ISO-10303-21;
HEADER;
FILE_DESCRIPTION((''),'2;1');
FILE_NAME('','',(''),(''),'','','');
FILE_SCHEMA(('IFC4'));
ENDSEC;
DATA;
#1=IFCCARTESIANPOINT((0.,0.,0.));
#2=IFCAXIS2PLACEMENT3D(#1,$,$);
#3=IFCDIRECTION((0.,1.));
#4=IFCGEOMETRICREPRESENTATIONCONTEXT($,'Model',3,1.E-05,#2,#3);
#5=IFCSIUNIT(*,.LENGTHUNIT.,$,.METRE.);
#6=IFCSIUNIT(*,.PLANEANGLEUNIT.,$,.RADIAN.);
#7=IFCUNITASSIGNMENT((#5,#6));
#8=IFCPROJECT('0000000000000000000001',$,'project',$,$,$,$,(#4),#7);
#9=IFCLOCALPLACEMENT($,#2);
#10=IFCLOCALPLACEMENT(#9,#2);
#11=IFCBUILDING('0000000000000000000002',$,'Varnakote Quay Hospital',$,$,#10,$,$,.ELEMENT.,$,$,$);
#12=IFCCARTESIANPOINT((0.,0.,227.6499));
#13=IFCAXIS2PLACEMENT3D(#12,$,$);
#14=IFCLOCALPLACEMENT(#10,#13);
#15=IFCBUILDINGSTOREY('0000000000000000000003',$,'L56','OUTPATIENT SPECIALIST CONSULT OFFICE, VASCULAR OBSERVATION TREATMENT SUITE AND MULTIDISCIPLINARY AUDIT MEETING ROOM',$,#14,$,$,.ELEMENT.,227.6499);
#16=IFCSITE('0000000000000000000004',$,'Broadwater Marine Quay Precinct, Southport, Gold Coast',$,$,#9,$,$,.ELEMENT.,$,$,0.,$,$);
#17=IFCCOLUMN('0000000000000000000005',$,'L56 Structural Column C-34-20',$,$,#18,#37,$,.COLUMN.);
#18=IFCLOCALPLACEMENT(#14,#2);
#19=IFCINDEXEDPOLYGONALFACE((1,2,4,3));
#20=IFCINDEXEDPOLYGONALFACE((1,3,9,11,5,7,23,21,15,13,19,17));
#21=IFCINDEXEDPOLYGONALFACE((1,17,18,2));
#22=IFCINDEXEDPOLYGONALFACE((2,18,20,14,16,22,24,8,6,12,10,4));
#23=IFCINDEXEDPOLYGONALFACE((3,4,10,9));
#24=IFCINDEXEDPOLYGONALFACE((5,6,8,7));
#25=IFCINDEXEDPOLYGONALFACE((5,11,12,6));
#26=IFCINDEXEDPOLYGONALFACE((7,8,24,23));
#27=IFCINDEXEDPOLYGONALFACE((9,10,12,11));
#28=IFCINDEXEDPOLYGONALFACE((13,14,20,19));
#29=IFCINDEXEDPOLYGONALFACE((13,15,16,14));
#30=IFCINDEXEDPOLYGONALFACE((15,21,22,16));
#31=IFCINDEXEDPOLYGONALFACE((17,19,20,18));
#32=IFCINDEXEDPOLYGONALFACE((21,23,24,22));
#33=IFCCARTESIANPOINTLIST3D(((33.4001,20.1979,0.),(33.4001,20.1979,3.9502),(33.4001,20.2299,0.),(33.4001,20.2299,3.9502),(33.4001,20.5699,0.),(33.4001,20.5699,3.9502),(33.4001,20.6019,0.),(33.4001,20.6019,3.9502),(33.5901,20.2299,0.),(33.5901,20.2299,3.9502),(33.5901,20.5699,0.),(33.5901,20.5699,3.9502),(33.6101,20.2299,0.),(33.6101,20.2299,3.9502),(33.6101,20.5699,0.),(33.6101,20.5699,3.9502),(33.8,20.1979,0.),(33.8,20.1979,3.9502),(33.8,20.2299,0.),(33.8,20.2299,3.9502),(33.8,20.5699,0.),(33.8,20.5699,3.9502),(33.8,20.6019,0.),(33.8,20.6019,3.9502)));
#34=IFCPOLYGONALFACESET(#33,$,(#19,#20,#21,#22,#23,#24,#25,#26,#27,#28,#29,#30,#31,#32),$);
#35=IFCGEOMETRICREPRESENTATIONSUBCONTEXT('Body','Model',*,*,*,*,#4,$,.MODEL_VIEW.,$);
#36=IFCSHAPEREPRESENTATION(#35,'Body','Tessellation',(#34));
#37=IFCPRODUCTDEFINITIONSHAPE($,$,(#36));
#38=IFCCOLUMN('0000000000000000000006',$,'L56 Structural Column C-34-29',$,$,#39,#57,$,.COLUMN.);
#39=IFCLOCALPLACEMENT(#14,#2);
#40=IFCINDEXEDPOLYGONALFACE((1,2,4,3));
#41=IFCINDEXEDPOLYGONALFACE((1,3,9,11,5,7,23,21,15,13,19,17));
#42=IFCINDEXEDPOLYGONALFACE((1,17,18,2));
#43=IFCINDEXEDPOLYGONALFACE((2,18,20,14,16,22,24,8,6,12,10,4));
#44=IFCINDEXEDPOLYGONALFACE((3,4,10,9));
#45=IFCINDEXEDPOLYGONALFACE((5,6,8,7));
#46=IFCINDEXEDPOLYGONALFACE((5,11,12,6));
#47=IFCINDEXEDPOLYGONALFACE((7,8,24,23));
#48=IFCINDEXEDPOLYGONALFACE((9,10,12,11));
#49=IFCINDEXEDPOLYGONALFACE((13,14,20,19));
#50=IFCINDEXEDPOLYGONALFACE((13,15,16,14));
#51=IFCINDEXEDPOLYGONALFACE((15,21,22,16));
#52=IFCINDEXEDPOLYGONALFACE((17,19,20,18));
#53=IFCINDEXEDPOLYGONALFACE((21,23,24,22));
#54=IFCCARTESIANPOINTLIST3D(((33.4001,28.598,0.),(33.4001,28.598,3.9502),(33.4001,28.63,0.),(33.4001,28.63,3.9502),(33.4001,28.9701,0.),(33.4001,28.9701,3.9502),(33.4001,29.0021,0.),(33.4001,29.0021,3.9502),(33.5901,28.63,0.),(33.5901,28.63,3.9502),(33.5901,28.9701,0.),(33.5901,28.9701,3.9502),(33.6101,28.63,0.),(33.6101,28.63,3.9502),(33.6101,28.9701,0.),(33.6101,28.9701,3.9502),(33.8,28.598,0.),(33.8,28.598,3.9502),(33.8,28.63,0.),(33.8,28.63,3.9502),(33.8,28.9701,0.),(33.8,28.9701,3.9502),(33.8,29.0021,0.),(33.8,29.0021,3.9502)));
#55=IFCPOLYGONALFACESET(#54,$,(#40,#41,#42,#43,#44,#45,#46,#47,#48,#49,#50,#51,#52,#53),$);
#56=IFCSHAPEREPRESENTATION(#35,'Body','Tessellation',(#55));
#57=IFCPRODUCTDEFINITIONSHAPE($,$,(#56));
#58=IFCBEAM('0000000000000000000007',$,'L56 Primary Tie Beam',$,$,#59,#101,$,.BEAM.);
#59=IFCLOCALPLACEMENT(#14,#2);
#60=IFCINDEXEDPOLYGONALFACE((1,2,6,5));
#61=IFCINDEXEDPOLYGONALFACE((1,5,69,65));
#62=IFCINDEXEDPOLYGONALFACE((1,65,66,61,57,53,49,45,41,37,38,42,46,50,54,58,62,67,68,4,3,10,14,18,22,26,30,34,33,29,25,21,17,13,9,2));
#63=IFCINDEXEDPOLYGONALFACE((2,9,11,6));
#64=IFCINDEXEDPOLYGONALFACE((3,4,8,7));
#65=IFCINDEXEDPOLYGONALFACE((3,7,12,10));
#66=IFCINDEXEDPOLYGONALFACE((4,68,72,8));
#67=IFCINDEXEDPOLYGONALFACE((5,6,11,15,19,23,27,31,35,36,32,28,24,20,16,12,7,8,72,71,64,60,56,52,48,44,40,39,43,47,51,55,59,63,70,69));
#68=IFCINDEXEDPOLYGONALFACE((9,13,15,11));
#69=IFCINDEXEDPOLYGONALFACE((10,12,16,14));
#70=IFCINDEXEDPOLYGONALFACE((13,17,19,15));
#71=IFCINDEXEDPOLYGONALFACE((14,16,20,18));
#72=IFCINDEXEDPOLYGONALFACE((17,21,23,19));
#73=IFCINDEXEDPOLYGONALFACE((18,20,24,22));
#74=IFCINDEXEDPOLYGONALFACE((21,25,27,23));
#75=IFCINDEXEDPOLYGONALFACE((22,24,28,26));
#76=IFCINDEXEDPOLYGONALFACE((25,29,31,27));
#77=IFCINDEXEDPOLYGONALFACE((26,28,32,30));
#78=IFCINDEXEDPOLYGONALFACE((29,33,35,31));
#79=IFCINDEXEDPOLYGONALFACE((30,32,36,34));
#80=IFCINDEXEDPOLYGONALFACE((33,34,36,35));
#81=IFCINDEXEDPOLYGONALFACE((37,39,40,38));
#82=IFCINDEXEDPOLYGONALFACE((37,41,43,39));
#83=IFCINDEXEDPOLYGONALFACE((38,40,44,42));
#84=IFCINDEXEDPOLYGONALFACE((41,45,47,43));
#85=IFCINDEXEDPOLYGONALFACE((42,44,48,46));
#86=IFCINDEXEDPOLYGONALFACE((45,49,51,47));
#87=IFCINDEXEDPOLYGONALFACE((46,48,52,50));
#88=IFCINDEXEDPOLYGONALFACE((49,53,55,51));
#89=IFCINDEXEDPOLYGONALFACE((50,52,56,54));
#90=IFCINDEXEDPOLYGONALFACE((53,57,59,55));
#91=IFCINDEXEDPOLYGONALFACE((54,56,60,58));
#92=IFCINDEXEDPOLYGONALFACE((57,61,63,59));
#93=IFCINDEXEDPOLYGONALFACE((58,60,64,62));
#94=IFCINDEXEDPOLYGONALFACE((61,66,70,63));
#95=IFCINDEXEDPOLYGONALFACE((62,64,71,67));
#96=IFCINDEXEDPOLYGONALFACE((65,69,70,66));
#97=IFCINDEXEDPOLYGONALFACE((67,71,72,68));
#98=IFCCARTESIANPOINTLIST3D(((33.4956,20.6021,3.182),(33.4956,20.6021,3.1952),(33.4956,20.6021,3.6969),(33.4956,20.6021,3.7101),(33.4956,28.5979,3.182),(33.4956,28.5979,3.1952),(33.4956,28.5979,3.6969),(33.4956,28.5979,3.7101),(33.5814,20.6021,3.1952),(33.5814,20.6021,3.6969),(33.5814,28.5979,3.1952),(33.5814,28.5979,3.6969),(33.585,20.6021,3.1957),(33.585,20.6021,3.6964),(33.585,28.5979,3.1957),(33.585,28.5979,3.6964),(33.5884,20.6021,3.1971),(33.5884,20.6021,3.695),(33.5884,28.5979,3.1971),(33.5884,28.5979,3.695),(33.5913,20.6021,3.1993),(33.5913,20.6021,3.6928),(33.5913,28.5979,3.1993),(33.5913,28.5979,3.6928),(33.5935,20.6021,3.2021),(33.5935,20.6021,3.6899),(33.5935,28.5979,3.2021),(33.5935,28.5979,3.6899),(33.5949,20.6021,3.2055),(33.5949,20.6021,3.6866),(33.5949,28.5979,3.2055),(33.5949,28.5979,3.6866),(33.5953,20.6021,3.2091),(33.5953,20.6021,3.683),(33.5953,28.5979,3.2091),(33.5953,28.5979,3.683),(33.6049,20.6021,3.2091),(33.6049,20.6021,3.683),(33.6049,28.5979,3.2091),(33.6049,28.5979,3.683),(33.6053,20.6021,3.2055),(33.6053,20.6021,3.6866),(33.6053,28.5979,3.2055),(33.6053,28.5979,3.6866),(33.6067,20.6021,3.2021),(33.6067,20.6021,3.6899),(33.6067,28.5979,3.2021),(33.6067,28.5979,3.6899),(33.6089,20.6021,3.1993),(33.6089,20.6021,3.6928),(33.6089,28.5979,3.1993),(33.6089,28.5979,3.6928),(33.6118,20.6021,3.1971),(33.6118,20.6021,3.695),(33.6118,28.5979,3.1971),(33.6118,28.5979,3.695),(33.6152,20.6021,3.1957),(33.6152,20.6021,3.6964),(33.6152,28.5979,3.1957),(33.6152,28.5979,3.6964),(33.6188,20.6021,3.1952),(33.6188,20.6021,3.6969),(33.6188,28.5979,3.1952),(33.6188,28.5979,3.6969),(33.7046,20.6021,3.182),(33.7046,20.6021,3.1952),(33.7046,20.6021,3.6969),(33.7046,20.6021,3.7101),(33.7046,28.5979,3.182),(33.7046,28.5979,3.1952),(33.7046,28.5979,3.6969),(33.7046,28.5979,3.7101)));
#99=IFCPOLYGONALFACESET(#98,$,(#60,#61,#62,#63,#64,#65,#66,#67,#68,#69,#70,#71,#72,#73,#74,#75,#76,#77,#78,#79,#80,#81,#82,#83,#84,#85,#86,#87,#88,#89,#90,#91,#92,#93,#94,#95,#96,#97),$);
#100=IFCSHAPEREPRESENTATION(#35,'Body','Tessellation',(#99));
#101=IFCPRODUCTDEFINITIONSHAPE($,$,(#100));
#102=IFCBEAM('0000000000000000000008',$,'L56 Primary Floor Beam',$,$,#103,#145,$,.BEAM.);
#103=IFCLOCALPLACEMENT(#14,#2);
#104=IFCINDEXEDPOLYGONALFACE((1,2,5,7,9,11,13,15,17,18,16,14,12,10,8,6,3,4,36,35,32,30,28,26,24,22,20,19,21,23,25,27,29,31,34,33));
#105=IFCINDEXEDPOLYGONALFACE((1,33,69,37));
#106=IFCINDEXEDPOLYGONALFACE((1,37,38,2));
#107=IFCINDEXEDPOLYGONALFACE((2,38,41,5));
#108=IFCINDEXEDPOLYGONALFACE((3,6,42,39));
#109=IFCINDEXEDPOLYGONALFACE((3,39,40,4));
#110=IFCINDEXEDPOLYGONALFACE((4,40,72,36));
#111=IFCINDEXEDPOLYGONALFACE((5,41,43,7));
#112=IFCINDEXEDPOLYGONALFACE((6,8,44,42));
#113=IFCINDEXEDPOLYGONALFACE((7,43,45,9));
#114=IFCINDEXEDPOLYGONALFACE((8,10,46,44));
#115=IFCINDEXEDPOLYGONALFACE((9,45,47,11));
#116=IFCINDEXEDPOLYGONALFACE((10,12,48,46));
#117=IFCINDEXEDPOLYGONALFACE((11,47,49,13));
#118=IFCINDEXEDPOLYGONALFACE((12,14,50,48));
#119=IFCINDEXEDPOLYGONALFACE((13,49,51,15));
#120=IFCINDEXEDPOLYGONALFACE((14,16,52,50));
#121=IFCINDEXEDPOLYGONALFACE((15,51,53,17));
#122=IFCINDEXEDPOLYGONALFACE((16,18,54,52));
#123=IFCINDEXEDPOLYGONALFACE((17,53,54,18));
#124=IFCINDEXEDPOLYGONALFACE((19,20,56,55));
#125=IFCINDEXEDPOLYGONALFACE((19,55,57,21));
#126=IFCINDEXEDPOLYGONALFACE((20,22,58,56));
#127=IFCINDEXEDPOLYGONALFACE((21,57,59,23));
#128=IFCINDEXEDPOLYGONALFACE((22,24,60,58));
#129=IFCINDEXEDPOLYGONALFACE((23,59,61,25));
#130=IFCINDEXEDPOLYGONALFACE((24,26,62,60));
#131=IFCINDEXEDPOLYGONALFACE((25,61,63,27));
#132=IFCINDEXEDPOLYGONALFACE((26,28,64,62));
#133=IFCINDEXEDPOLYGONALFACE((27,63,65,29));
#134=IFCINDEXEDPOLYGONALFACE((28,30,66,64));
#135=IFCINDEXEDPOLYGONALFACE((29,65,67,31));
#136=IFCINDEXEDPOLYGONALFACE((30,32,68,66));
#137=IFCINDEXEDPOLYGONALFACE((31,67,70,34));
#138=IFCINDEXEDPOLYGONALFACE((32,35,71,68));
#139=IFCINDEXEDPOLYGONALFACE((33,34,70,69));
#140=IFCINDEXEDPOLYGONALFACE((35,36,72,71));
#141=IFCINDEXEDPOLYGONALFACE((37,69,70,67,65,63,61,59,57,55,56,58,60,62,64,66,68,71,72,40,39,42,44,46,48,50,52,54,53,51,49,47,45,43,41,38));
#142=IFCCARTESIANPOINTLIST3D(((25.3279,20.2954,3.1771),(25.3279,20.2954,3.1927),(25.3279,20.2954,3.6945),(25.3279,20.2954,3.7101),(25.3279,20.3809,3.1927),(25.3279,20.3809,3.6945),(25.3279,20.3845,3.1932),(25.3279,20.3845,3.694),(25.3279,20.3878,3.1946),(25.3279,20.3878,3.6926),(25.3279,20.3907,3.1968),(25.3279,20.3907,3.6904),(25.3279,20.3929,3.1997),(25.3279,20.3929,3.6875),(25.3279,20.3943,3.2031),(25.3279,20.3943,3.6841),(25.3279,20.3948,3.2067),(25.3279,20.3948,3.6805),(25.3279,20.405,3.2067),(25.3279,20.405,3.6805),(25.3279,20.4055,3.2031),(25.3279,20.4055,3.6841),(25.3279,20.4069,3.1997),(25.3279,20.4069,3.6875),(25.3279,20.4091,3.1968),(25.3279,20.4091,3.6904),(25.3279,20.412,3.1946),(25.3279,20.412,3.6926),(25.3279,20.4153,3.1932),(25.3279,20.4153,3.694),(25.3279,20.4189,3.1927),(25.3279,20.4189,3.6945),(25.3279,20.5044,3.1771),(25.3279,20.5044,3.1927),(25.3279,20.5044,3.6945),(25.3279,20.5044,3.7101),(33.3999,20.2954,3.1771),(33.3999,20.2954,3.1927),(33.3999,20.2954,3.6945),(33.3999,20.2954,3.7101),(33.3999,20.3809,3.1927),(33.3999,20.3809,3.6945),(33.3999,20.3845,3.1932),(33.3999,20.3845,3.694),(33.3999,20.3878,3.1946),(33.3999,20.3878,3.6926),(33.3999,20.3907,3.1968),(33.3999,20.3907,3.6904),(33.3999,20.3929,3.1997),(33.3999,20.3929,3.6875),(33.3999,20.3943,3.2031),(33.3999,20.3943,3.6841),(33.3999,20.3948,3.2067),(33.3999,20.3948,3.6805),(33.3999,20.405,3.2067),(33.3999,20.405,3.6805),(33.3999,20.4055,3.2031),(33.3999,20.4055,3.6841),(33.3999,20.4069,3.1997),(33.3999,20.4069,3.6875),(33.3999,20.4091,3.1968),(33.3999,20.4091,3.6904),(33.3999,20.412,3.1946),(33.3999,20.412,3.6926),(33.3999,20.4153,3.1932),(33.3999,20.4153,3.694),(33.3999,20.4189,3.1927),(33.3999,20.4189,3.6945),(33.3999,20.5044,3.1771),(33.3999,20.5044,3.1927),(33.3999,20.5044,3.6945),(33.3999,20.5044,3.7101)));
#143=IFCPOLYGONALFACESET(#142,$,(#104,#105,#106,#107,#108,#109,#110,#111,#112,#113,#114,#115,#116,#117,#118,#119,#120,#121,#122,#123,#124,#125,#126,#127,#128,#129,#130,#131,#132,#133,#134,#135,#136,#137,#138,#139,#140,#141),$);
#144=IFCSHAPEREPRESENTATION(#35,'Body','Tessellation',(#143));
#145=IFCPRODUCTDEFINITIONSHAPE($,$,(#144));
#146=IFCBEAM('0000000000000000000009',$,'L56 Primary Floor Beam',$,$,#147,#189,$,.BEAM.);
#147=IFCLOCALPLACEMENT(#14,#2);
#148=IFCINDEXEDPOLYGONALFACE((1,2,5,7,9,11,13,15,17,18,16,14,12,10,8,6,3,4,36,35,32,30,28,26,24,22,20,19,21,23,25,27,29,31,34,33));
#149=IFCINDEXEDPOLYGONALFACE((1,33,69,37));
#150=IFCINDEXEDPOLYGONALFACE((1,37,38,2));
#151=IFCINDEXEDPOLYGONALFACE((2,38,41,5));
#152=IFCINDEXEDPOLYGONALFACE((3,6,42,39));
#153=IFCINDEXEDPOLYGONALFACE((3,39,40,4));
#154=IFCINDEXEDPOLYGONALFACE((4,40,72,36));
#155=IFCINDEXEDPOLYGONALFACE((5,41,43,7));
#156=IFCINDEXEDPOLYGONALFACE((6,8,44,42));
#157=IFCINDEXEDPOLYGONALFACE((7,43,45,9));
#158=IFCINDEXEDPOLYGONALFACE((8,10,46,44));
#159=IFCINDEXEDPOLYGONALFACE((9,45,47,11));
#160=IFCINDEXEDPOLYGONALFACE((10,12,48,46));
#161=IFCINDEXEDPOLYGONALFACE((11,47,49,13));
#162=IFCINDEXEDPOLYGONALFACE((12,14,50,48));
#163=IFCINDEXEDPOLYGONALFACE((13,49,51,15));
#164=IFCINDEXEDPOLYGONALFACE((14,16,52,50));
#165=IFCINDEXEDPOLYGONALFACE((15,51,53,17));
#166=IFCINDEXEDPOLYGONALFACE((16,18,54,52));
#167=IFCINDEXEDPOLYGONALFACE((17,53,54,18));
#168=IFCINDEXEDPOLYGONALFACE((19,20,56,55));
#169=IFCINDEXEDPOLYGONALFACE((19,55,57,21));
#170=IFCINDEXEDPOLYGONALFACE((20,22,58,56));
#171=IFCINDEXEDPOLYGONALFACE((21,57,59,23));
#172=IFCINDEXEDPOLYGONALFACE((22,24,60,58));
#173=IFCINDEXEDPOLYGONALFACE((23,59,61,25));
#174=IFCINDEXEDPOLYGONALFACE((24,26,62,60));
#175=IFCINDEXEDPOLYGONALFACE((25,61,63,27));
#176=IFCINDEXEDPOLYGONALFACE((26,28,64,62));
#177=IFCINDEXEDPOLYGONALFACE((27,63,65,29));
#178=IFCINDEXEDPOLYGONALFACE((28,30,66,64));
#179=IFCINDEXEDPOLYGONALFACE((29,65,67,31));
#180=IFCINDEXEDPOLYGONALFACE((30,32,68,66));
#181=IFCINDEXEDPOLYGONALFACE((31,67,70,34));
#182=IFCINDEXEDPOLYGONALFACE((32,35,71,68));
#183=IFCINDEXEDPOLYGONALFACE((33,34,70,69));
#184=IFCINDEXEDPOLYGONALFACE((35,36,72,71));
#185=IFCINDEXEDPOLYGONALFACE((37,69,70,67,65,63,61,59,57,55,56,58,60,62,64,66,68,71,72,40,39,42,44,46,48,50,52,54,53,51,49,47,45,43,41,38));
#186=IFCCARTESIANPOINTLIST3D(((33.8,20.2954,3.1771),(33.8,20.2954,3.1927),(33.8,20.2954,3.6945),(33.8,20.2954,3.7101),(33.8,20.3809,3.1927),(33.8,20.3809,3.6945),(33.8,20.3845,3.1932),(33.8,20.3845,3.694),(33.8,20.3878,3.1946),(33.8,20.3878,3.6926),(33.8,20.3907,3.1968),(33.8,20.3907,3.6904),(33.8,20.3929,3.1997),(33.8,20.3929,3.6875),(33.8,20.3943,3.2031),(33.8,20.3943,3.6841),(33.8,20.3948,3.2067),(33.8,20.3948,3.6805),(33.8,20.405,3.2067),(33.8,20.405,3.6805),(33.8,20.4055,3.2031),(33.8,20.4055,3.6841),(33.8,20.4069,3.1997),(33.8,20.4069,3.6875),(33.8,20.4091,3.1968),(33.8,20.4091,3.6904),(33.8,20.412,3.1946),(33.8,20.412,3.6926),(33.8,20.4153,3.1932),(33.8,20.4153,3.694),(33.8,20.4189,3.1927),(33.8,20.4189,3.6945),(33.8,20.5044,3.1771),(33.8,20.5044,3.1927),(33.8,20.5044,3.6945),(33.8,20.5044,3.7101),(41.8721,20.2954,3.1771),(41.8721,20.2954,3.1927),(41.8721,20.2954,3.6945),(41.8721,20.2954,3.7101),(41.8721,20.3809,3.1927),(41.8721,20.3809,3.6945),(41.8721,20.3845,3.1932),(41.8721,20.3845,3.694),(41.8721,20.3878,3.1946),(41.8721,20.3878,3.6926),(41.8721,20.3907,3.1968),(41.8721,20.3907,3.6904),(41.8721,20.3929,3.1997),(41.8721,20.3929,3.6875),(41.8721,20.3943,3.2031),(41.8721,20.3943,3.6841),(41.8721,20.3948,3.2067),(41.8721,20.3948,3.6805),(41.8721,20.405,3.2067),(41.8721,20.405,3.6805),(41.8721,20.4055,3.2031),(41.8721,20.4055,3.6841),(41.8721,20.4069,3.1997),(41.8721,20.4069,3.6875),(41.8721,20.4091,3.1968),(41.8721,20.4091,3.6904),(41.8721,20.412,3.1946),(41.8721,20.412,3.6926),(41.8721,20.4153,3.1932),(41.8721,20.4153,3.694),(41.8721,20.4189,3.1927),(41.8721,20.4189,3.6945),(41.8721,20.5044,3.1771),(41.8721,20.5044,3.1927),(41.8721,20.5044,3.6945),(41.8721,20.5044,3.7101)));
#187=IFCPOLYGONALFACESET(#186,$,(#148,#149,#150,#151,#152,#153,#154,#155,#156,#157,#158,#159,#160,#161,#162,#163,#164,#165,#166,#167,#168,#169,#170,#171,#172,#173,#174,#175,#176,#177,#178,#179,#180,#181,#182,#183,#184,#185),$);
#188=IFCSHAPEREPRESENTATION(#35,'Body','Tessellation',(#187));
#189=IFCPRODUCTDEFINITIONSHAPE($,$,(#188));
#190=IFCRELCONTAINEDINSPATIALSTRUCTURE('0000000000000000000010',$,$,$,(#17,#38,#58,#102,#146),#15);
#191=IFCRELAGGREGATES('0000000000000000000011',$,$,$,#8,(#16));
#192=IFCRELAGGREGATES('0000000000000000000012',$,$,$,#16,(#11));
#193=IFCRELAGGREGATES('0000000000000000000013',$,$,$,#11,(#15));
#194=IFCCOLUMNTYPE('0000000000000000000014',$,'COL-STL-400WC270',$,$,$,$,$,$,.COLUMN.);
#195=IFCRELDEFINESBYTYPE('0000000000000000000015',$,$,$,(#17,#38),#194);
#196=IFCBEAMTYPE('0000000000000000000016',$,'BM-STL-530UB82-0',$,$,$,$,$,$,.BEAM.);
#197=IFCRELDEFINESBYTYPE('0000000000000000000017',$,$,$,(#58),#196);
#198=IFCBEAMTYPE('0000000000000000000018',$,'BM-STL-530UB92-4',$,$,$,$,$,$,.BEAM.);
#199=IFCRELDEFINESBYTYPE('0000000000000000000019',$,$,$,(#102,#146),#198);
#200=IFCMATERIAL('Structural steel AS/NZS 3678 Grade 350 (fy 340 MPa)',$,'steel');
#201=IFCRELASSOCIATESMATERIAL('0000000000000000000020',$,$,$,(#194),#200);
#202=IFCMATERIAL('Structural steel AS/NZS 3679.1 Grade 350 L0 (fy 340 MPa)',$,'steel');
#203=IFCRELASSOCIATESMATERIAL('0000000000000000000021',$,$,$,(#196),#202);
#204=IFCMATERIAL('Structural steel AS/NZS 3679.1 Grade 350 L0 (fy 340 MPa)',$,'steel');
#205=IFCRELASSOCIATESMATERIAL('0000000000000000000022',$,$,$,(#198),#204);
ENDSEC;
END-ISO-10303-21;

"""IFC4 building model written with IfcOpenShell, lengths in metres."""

from ifc_helpers import new_model, si_unit, direction, frame, origin, origin_2d, place, context, subcontext, project, spatial, i_section, extrude, material, material_profile, profile_set, type_object, element, save


model = new_model("IFC4")

# Units and contexts
model_context = context("Model", 3, precision=1e-05, world=origin(), true_north=direction((0.0, 1.0)))
body_context = subcontext(model_context, "Body", "Model", "MODEL_VIEW")
ifc_project = project(units=[si_unit("LENGTHUNIT", "METRE"), si_unit("PLANEANGLEUNIT", "RADIAN")], contexts=[model_context])

# Site, building, storey
site_placement = place(None, origin())
site = spatial("IfcSite", under=ifc_project, at=site_placement, Name="Broadwater Marine Quay Precinct, Southport, Gold Coast", CompositionType="ELEMENT", RefElevation=0.0)
building_placement = place(site_placement, origin())
building = spatial("IfcBuilding", under=site, at=building_placement, Name="Varnakote Quay Hospital", CompositionType="ELEMENT")
storey_placement = place(building_placement, frame((0.0, 0.0, 227.6499)))
storey = spatial("IfcBuildingStorey", under=building, at=storey_placement, Name="L56", Description="OUTPATIENT SPECIALIST CONSULT OFFICE, VASCULAR OBSERVATION TREATMENT SUITE AND MULTIDISCIPLINARY AUDIT MEETING ROOM", CompositionType="ELEMENT", Elevation=227.6499)

# Columns
ifc_material_1 = material(Name="Structural steel AS/NZS 3678 Grade 350 (fy 340 MPa)", Category="steel")
ifc_material_profile_1 = material_profile(ifc_material_1, i_section(OverallWidth=0.3999, OverallDepth=0.4041, WebThickness=0.02, FlangeThickness=0.032, at=origin_2d()), Name="400WC270")
ifc_profile_set_1 = profile_set([ifc_material_profile_1], Name="Structural steel AS/NZS 3678 Grade 350 (fy 340 MPa)")
column_type = type_object("IfcColumnType", Name="COL-STL-400WC270", PredefinedType="COLUMN", material=ifc_profile_set_1)
for number, where, z_axis, x_axis, name in (
    (1, (33.6001, 20.3999, 0.0), (0.0, 0.0, 1.0), (1.0, 0.0, 0.0), "L56 Structural Column C-34-20"),
    (2, (33.6001, 28.8, 0.0), (0.0, 0.0, 1.0), (1.0, 0.0, 0.0), "L56 Structural Column C-34-29"),
):
    element("IfcColumn", number, at=place(storey_placement, frame(where, z_axis=z_axis, x_axis=x_axis)), inside=storey, type_object=column_type, Name=name, PredefinedType="COLUMN", context=body_context, shape_type="SweptSolid", body=[
        extrude(i_section(OverallWidth=0.3999, OverallDepth=0.4041, WebThickness=0.02, FlangeThickness=0.032, at=origin_2d()), origin(), (0.0, 0.0, 1.0), 3.9502),
    ])

# Beams
ifc_material_2 = material(Name="Structural steel AS/NZS 3679.1 Grade 350 L0 (fy 340 MPa)", Category="steel")
ifc_material_profile_2 = material_profile(ifc_material_2, i_section(OverallWidth=0.209, OverallDepth=0.5281, WebThickness=0.0095, FlangeThickness=0.0132, FilletRadius=0.0139, at=origin_2d()), Name="530UB82.0")
ifc_profile_set_2 = profile_set([ifc_material_profile_2], Name="Structural steel AS/NZS 3679.1 Grade 350 L0 (fy 340 MPa)")
beam_type_1 = type_object("IfcBeamType", Name="BM-STL-530UB82-0", PredefinedType="BEAM", material=ifc_profile_set_2)
beam_1_placement = place(storey_placement, frame((33.6001, 20.6021, 3.446), z_axis=(0.0, 1.0, 0.0), x_axis=(-1.0, 0.0, 0.0)))
element("IfcBeam", 3, at=beam_1_placement, inside=storey, type_object=beam_type_1, Name="L56 Primary Tie Beam", PredefinedType="BEAM", context=body_context, shape_type="SweptSolid", body=[
    extrude(i_section(OverallWidth=0.209, OverallDepth=0.5281, WebThickness=0.0095, FlangeThickness=0.0132, FilletRadius=0.0139, at=origin_2d()), origin(), (0.0, 0.0, 1.0), 7.9958),
])
ifc_material_3 = material(Name="Structural steel AS/NZS 3679.1 Grade 350 L0 (fy 340 MPa)", Category="steel")
ifc_material_profile_3 = material_profile(ifc_material_3, i_section(OverallWidth=0.209, OverallDepth=0.533, WebThickness=0.0103, FlangeThickness=0.0156, FilletRadius=0.0139, at=origin_2d()), Name="530UB92.4")
ifc_profile_set_3 = profile_set([ifc_material_profile_3], Name="Structural steel AS/NZS 3679.1 Grade 350 L0 (fy 340 MPa)")
beam_type_2 = type_object("IfcBeamType", Name="BM-STL-530UB92-4", PredefinedType="BEAM", material=ifc_profile_set_3)
for number, where, z_axis, x_axis, name in (
    (4, (25.3279, 20.3999, 3.4436), (1.0, 0.0, 0.0), (0.0, 1.0, 0.0), "L56 Primary Floor Beam"),
    (5, (33.8, 20.3999, 3.4436), (1.0, 0.0, 0.0), (0.0, 1.0, 0.0), "L56 Primary Floor Beam"),
):
    element("IfcBeam", number, at=place(storey_placement, frame(where, z_axis=z_axis, x_axis=x_axis)), inside=storey, type_object=beam_type_2, Name=name, PredefinedType="BEAM", context=body_context, shape_type="SweptSolid", body=[
        extrude(i_section(OverallWidth=0.209, OverallDepth=0.533, WebThickness=0.0103, FlangeThickness=0.0156, FilletRadius=0.0139, at=origin_2d()), origin(), (0.0, 0.0, 1.0), 8.072),
    ])

save(model, "model.ifc")
